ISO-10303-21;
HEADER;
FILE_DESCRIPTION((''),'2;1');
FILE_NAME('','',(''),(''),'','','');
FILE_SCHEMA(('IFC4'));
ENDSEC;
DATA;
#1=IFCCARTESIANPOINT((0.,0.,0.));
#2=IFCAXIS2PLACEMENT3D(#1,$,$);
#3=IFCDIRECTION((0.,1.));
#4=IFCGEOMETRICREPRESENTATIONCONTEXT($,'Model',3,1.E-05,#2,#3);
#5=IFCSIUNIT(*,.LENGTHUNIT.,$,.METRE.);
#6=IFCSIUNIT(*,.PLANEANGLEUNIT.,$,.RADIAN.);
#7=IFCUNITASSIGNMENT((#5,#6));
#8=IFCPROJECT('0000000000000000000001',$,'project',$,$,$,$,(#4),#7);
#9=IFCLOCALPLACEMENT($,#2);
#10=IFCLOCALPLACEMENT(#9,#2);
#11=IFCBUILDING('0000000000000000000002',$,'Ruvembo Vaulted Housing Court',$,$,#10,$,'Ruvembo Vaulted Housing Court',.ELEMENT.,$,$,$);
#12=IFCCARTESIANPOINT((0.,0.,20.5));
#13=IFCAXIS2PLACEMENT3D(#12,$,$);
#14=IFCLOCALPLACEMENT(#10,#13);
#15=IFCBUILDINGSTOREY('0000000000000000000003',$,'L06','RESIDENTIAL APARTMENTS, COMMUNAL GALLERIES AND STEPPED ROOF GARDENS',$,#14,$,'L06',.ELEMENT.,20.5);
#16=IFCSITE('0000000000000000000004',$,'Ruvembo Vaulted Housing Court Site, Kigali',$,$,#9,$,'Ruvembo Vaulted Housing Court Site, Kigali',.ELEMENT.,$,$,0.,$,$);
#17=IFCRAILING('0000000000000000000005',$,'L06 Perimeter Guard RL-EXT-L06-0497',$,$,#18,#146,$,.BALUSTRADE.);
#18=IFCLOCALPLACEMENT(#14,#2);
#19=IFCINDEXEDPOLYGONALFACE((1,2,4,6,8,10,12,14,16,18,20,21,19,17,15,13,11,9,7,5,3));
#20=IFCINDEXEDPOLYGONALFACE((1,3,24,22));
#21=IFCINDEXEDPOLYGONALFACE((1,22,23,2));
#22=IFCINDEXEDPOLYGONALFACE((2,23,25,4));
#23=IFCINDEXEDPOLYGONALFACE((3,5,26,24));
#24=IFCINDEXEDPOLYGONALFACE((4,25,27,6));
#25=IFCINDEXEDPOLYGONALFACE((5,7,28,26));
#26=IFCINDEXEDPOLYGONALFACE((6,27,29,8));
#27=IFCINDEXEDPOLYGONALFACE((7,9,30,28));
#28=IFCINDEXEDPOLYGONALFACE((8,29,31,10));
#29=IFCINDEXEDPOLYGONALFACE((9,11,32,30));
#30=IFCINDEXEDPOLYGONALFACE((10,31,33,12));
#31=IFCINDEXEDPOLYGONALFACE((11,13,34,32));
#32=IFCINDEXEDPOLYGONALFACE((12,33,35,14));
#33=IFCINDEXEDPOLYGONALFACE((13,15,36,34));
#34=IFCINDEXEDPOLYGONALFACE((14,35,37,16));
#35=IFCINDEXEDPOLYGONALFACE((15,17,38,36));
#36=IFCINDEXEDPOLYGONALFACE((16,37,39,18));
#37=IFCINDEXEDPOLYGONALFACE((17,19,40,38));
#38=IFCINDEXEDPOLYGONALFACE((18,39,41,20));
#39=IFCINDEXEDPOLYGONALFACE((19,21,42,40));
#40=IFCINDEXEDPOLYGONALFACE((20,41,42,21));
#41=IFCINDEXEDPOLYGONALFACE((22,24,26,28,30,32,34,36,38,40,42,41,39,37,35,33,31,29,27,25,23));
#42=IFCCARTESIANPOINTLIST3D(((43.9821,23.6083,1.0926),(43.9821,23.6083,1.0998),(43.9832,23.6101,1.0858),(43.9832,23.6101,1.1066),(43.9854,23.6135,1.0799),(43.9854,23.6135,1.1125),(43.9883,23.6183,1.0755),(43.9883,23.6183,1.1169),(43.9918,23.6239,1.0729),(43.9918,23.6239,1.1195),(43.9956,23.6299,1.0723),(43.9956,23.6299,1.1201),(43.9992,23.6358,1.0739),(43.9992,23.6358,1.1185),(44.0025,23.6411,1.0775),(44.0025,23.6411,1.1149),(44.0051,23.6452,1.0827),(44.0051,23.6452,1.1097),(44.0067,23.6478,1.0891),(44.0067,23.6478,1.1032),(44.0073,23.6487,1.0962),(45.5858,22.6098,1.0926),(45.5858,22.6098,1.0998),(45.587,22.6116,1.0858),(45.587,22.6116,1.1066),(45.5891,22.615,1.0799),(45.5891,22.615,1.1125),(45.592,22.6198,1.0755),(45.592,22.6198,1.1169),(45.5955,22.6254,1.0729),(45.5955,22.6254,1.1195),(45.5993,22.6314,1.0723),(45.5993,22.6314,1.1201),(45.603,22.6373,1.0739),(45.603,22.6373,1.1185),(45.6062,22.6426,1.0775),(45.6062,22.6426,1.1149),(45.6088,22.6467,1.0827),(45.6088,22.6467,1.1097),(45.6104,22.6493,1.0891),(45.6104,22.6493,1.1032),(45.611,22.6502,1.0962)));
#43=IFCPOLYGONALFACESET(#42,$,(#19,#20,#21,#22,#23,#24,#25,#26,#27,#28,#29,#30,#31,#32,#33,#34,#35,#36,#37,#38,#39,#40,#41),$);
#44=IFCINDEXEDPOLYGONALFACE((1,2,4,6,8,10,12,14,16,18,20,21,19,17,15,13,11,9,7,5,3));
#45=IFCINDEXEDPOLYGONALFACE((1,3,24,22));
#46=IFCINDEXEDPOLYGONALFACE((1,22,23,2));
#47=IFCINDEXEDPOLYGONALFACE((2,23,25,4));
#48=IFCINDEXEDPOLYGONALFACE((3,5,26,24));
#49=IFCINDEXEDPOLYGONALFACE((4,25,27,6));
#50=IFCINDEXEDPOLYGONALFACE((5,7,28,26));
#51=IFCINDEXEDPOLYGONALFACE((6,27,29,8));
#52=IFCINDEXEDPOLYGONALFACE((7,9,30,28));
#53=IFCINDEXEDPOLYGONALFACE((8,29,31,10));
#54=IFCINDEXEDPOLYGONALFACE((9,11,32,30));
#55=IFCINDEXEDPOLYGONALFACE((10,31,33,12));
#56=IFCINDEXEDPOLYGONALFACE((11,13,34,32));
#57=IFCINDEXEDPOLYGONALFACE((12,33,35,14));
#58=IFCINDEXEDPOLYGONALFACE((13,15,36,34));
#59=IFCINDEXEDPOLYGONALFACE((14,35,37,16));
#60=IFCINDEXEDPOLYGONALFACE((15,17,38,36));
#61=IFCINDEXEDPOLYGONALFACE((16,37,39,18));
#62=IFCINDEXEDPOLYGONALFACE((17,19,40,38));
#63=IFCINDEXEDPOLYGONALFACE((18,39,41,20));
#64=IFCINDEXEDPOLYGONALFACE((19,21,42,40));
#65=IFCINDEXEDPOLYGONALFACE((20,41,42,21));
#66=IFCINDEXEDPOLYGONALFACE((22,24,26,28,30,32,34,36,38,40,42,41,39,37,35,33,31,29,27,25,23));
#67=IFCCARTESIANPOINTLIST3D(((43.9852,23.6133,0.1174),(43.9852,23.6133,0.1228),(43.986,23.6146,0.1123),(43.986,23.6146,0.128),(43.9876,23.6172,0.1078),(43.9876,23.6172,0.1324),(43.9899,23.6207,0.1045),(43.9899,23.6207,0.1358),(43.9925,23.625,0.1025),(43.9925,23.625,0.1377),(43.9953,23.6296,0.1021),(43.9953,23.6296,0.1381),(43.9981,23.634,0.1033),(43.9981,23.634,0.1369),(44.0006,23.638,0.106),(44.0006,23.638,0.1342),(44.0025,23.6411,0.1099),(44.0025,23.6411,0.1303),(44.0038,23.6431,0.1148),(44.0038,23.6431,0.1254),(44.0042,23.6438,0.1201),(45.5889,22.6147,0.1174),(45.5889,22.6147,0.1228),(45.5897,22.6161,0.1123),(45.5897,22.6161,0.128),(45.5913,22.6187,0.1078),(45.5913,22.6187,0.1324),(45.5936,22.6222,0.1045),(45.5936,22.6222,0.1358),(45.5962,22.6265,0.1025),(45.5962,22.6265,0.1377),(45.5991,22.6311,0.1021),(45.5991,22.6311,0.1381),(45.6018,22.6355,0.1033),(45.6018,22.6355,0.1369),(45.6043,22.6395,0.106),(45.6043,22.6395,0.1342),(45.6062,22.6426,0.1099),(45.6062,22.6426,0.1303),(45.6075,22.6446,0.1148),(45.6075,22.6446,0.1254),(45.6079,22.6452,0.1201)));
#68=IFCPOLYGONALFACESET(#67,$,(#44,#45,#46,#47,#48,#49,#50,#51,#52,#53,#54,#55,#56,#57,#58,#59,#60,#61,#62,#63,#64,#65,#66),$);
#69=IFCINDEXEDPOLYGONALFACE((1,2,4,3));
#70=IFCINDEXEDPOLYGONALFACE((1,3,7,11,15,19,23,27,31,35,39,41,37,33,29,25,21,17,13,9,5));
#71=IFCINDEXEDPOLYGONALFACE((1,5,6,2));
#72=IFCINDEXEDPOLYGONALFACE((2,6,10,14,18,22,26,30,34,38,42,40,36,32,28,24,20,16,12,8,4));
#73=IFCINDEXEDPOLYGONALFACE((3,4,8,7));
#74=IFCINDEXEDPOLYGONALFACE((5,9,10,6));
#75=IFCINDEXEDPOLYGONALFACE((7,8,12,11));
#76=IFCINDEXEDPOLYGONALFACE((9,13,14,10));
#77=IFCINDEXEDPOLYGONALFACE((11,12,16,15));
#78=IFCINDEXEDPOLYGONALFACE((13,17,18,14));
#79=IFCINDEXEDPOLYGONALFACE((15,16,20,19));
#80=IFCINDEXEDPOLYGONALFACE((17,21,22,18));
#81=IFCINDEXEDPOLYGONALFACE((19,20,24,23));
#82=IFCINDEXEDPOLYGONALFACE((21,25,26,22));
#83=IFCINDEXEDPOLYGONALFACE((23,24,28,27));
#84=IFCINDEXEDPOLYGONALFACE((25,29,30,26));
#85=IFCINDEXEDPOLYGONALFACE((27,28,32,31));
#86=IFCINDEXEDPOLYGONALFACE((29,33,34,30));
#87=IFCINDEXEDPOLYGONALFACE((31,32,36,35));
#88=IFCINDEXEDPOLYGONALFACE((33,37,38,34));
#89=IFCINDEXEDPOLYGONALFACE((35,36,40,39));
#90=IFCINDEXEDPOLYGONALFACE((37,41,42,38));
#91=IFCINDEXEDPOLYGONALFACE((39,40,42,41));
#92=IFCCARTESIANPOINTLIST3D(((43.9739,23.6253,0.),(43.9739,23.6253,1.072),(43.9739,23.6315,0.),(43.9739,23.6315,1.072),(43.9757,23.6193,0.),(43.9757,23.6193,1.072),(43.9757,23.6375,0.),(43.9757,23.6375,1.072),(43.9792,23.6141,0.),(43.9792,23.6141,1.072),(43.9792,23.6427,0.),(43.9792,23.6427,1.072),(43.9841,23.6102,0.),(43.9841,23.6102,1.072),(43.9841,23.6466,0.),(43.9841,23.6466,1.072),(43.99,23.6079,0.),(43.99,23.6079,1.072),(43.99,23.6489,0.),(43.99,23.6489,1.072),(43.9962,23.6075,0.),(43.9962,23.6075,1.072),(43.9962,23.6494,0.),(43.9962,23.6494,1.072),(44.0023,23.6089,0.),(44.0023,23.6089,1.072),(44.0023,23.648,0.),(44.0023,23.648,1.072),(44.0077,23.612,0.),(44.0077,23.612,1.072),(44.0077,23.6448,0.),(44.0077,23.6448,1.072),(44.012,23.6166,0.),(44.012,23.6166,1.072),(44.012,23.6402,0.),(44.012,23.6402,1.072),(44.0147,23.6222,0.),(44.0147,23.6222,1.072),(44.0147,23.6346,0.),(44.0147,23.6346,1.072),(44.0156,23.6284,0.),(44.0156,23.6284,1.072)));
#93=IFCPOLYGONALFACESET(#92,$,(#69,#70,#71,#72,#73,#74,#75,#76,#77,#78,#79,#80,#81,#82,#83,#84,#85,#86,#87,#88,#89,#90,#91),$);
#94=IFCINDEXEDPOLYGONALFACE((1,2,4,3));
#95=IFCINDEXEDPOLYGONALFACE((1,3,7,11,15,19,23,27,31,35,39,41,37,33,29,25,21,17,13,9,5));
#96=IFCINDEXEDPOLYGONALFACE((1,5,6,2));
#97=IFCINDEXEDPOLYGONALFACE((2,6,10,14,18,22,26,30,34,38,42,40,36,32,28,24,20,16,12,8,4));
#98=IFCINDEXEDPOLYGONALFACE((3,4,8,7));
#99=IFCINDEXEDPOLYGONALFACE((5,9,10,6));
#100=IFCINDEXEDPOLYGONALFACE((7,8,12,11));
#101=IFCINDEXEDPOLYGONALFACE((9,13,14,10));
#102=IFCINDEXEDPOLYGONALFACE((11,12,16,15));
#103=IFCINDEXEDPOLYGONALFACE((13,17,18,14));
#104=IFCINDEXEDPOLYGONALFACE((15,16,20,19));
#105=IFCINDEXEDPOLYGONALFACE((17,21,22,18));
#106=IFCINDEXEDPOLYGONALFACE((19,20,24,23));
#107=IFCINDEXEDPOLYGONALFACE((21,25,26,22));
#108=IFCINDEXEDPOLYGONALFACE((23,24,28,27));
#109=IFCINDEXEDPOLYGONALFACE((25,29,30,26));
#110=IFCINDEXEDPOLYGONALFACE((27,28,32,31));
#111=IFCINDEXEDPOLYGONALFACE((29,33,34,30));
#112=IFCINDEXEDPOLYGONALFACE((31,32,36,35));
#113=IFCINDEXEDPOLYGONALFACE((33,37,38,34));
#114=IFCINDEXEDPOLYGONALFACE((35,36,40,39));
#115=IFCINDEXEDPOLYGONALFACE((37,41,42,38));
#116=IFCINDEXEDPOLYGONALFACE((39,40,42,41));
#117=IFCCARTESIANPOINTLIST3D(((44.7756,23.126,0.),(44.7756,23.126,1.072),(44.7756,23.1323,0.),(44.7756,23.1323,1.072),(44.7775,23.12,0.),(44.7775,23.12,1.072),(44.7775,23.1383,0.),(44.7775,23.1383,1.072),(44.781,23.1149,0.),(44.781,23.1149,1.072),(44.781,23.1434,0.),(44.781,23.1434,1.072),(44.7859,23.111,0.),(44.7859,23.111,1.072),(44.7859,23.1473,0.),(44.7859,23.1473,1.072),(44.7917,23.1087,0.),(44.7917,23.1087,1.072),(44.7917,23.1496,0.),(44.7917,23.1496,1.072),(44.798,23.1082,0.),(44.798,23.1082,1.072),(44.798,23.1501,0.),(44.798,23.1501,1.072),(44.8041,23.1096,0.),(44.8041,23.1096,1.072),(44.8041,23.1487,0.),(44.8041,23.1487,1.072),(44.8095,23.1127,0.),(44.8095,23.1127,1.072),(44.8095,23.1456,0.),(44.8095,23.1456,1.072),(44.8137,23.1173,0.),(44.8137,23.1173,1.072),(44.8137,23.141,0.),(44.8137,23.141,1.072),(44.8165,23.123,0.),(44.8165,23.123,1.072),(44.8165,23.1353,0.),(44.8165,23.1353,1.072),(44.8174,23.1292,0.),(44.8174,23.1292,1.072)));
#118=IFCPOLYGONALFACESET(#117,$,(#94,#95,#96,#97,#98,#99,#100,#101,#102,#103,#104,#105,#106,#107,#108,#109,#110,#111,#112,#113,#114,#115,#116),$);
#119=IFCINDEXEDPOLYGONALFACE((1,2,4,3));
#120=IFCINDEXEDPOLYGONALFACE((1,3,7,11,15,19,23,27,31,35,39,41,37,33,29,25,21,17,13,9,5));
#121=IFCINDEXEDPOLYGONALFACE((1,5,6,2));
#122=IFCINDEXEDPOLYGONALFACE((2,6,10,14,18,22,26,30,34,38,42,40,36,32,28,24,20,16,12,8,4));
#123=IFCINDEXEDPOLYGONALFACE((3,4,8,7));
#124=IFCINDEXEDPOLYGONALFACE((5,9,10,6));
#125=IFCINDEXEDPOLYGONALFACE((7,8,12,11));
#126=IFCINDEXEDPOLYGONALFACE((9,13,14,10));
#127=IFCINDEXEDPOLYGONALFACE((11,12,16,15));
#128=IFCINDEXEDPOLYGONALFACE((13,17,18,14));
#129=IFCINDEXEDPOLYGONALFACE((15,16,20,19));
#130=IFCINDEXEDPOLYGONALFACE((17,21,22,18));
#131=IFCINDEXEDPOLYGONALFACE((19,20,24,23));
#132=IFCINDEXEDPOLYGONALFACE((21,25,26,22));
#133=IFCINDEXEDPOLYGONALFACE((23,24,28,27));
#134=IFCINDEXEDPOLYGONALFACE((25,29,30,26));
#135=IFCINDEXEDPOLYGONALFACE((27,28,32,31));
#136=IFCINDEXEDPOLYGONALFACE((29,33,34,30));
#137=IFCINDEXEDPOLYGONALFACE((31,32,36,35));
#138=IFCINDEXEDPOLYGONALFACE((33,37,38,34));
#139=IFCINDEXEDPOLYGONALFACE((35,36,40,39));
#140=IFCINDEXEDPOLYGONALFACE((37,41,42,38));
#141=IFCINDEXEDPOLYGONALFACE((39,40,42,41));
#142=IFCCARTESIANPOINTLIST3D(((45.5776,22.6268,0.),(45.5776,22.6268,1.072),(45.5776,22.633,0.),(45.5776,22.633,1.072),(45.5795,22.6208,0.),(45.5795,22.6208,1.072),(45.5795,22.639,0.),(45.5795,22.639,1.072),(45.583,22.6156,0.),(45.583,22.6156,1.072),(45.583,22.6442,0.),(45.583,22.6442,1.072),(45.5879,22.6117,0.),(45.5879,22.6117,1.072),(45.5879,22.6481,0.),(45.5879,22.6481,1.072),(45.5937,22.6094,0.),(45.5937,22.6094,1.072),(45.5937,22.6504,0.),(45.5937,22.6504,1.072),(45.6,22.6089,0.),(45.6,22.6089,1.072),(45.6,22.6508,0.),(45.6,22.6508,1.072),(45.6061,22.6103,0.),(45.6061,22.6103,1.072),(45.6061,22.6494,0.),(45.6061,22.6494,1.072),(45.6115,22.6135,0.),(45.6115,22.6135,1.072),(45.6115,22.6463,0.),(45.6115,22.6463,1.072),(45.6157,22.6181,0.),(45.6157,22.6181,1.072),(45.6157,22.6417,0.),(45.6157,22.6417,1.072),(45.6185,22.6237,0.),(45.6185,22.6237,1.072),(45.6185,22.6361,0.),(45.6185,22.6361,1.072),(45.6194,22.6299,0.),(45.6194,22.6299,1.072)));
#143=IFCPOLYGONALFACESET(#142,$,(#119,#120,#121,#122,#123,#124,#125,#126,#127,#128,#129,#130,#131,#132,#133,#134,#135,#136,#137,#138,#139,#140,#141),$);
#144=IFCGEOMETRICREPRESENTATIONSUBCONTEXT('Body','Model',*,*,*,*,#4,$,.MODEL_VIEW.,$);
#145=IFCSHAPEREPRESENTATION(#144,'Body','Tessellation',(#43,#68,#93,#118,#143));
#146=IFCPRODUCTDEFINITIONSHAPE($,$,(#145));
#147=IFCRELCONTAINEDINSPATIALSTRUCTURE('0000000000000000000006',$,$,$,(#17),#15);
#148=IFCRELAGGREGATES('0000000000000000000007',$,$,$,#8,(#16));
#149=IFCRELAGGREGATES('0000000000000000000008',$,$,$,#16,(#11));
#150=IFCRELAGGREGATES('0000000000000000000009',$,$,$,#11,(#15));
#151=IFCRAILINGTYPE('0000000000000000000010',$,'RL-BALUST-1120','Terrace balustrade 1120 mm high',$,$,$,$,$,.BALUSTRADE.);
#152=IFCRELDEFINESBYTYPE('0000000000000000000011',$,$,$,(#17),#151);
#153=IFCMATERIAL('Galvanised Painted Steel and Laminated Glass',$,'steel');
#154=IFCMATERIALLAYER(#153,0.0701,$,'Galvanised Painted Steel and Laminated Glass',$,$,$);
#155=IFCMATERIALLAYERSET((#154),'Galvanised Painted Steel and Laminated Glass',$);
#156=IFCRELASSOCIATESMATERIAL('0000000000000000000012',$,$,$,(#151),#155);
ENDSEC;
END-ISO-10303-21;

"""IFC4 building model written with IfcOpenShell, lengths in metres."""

from ifc_helpers import new_model, si_unit, direction, frame, origin, origin_2d, place, context, subcontext, project, spatial, circle, extrude, material, layer, layer_set, type_object, element, save


model = new_model("IFC4")

# Units and contexts
model_context = context("Model", 3, precision=1e-05, world=origin(), true_north=direction((0.0, 1.0)))
body_context = subcontext(model_context, "Body", "Model", "MODEL_VIEW")
ifc_project = project(units=[si_unit("LENGTHUNIT", "METRE"), si_unit("PLANEANGLEUNIT", "RADIAN")], contexts=[model_context])

# Site, building, storey
site_placement = place(None, origin())
site = spatial("IfcSite", under=ifc_project, at=site_placement, Name="Ruvembo Vaulted Housing Court Site, Kigali", LongName="Ruvembo Vaulted Housing Court Site, Kigali", CompositionType="ELEMENT", RefElevation=0.0)
building_placement = place(site_placement, origin())
building = spatial("IfcBuilding", under=site, at=building_placement, Name="Ruvembo Vaulted Housing Court", LongName="Ruvembo Vaulted Housing Court", CompositionType="ELEMENT")
storey_placement = place(building_placement, frame((0.0, 0.0, 20.5)))
storey = spatial("IfcBuildingStorey", under=building, at=storey_placement, Name="L06", Description="RESIDENTIAL APARTMENTS, COMMUNAL GALLERIES AND STEPPED ROOF GARDENS", LongName="L06", CompositionType="ELEMENT", Elevation=20.5)

# Railing
ifc_material_1 = material(Name="Galvanised Painted Steel and Laminated Glass", Category="steel")
ifc_layer_1 = layer(ifc_material_1, 0.0701, Name="Galvanised Painted Steel and Laminated Glass")
ifc_layer_set_1 = layer_set([ifc_layer_1], Name="Galvanised Painted Steel and Laminated Glass")
railing_type = type_object("IfcRailingType", Name="RL-BALUST-1120", Description="Terrace balustrade 1120 mm high", PredefinedType="BALUSTRADE", material=ifc_layer_set_1)
railing_1_placement = place(storey_placement, frame((43.9946, 23.6284, 0.0)))
element("IfcRailing", 1, at=railing_1_placement, inside=storey, type_object=railing_type, Name="L06 Perimeter Guard RL-EXT-L06-0497", PredefinedType="BALUSTRADE", context=body_context, shape_type="SweptSolid", body=[
    extrude(circle(Radius=0.0239, at=origin_2d()), frame((0.0, 0.0, 1.0962), z_axis=(0.848905, -0.528546, 0.0), x_axis=(0.528546, 0.848905, 0.0)), (0.0, 0.0, 1.0), 1.8892),
    extrude(circle(Radius=0.0181, at=origin_2d()), frame((0.0, 0.0, 0.1201), z_axis=(0.848905, -0.528546, 0.0), x_axis=(0.528546, 0.848905, 0.0)), (0.0, 0.0, 1.0), 1.8892),
    extrude(circle(Radius=0.021, at=origin_2d()), origin(), (0.0, 0.0, 1.0), 1.072),
    extrude(circle(Radius=0.021, at=origin_2d()), frame((0.8018, -0.4993, 0.0)), (0.0, 0.0, 1.0), 1.072),
    extrude(circle(Radius=0.021, at=origin_2d()), frame((1.6038, -0.9985, 0.0)), (0.0, 0.0, 1.0), 1.072),
])

save(model, "model.ifc")
